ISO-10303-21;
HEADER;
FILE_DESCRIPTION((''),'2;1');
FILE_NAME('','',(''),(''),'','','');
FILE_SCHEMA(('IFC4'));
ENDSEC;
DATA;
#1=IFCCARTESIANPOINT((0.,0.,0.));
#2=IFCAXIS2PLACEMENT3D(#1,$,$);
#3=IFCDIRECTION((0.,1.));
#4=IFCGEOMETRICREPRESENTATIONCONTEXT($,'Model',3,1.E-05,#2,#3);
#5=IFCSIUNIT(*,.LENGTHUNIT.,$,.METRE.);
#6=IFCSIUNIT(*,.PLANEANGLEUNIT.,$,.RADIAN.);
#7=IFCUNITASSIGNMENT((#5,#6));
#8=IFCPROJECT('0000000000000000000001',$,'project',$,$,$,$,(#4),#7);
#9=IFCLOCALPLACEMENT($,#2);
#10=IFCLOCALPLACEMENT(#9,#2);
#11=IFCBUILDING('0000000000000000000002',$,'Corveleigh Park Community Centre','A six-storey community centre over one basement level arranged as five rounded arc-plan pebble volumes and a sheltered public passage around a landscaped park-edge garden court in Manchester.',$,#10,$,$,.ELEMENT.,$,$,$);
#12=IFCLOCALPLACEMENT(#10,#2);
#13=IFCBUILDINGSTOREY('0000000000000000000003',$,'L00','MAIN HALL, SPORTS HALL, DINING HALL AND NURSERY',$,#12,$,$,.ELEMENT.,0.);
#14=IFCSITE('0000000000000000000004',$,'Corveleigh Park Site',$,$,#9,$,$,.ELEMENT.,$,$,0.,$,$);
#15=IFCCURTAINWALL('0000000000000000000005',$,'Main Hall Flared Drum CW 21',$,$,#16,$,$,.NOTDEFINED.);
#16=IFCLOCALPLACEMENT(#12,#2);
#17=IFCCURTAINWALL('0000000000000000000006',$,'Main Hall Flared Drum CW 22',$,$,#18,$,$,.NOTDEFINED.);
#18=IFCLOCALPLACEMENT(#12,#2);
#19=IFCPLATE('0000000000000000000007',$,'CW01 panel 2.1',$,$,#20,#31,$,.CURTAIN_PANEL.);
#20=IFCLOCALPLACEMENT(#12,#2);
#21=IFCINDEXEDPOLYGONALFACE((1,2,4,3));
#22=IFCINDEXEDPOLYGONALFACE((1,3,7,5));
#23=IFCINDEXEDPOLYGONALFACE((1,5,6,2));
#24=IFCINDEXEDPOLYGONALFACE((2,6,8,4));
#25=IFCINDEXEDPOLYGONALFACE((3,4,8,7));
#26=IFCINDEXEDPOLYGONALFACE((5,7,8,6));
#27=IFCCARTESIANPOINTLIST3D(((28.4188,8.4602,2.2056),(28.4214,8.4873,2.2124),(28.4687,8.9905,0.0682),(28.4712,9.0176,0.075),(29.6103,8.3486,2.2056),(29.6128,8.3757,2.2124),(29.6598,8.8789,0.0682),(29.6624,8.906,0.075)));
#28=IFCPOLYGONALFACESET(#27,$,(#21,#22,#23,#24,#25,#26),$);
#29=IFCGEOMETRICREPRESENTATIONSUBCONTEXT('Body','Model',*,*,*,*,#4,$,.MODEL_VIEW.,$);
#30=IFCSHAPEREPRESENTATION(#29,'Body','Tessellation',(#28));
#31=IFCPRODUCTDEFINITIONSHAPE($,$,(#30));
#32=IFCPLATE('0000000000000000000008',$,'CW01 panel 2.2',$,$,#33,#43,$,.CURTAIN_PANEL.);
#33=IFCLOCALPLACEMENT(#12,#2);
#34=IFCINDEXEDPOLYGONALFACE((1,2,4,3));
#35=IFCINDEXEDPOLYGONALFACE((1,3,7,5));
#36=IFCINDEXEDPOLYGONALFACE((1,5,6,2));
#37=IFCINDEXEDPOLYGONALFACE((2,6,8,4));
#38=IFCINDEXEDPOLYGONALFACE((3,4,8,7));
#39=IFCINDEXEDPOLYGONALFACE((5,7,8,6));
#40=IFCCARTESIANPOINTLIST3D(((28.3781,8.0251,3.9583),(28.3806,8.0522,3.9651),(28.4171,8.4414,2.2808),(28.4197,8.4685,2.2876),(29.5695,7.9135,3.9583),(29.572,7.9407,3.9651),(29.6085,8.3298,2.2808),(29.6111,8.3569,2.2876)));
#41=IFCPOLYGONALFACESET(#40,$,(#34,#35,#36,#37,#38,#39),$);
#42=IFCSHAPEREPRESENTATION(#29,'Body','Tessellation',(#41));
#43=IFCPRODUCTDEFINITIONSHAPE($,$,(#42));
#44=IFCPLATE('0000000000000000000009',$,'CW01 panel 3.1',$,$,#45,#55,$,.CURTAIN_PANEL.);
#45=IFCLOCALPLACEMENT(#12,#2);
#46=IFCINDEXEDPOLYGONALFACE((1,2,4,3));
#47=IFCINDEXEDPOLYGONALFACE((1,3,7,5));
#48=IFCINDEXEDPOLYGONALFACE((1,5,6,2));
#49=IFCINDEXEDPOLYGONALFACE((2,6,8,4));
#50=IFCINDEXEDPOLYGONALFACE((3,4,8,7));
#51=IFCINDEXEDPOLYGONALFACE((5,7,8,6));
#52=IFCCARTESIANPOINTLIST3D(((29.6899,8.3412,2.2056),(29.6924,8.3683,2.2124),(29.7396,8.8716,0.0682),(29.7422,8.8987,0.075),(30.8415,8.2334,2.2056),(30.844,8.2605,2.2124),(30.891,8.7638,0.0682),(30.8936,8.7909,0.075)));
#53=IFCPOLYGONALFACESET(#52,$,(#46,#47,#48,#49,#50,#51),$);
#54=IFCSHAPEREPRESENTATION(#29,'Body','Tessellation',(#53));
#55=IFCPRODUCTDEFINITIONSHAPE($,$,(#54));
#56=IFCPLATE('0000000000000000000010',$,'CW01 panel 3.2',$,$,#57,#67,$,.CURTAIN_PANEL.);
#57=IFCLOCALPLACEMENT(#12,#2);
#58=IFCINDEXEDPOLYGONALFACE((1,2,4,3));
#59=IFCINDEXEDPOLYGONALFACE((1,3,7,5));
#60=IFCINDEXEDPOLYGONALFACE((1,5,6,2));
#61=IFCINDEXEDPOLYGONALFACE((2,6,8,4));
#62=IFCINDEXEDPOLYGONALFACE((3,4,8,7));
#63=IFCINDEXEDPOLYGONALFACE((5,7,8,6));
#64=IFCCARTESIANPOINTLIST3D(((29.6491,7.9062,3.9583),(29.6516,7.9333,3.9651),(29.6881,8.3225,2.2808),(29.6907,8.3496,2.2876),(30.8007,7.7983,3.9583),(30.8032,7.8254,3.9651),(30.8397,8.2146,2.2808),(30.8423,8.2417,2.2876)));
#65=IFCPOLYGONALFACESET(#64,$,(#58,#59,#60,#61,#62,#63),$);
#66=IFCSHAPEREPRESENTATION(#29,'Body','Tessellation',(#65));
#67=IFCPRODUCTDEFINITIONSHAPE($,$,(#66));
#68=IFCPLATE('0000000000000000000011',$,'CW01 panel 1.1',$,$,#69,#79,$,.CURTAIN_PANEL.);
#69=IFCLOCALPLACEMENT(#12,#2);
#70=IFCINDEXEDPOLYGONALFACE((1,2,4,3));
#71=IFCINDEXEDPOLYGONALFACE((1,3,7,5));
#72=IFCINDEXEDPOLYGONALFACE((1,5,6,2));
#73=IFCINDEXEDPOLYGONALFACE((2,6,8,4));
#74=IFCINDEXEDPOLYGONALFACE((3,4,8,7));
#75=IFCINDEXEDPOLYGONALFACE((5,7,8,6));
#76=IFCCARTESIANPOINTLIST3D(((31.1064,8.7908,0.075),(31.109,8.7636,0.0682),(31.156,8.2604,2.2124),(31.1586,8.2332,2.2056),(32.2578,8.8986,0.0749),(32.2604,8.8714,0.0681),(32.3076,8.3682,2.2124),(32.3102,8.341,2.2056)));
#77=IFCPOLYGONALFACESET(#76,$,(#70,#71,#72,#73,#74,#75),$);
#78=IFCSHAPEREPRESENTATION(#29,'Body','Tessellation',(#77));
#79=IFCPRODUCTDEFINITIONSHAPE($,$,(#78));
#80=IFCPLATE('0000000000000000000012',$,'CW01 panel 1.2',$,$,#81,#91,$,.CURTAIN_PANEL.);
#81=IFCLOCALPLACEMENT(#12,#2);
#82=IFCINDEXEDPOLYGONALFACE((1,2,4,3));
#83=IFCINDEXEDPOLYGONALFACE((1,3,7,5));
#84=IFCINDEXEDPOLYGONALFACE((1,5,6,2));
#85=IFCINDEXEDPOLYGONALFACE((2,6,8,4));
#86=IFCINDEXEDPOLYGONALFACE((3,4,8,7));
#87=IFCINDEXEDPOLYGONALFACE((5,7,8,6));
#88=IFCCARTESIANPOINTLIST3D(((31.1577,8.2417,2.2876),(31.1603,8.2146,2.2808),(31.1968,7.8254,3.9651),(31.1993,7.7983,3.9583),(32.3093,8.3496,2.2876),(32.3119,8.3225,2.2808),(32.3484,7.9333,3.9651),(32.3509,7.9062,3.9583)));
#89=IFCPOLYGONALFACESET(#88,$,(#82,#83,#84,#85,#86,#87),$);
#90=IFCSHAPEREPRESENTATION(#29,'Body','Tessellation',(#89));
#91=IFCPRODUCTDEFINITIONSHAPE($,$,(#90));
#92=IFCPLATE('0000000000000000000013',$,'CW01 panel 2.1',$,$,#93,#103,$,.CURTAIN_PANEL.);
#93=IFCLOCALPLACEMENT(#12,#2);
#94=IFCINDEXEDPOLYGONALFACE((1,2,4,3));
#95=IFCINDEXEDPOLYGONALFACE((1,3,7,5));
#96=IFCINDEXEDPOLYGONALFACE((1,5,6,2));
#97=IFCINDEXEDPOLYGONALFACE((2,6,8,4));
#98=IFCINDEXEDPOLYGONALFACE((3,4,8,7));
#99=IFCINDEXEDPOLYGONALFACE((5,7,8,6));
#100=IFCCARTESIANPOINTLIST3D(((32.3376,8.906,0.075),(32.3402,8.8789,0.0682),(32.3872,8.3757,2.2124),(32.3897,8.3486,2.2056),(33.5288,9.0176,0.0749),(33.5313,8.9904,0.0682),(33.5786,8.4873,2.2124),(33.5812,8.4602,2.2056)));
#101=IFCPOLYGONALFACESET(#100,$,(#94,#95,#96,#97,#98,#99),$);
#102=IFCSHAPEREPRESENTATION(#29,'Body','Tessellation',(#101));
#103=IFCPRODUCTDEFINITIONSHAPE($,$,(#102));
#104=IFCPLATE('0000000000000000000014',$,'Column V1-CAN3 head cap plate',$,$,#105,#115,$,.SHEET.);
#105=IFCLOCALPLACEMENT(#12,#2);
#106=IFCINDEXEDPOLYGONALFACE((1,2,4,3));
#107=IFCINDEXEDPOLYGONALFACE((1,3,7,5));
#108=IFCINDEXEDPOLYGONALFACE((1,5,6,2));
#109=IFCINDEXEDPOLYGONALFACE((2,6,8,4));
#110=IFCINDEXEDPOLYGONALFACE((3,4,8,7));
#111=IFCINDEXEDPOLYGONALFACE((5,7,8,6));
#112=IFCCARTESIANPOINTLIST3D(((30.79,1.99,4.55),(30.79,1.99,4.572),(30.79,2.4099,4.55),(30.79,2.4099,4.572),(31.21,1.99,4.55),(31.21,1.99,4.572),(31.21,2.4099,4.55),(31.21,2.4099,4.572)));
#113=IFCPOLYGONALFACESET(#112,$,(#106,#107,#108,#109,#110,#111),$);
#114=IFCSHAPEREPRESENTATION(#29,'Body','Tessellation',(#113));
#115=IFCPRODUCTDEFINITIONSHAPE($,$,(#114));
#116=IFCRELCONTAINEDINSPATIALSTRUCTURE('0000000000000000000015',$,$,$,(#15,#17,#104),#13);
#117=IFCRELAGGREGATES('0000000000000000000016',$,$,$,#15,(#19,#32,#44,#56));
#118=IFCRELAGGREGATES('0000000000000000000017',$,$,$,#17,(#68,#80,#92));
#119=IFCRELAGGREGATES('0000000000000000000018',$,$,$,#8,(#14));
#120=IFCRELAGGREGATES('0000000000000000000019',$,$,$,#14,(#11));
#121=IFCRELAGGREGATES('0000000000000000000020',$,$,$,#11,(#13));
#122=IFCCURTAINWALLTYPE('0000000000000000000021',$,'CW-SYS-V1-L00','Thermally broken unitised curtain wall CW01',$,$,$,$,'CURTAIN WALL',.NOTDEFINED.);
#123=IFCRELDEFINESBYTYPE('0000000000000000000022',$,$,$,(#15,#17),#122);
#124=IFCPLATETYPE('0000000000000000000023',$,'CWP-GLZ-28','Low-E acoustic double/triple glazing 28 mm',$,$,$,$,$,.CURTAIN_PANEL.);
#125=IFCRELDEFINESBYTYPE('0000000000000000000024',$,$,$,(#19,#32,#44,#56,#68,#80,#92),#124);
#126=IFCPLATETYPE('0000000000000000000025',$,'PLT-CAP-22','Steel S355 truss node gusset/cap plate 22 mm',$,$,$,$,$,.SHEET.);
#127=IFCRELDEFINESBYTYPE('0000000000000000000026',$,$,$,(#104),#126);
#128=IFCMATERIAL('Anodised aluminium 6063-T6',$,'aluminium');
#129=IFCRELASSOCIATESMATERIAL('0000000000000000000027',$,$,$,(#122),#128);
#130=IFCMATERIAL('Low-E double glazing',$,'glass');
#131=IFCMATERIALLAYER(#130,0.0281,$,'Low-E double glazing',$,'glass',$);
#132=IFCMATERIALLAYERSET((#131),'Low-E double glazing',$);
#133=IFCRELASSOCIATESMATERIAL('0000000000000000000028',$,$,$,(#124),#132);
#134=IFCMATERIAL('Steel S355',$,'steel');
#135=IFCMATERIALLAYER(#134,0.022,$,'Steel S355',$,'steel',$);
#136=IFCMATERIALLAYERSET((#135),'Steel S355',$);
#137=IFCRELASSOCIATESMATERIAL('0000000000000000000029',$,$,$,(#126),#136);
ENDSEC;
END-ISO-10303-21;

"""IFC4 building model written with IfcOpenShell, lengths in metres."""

from ifc_helpers import new_model, si_unit, direction, frame, origin, origin_2d, place, context, subcontext, project, spatial, polyline, rectangle, outline, extrude, material, layer, layer_set, type_object, element, aggregate, save


model = new_model("IFC4")

# Units and contexts
model_context = context("Model", 3, precision=1e-05, world=origin(), true_north=direction((0.0, 1.0)))
body_context = subcontext(model_context, "Body", "Model", "MODEL_VIEW")
ifc_project = project(units=[si_unit("LENGTHUNIT", "METRE"), si_unit("PLANEANGLEUNIT", "RADIAN")], contexts=[model_context])

# Site, building, storey
site_placement = place(None, origin())
site = spatial("IfcSite", under=ifc_project, at=site_placement, Name="Corveleigh Park Site", CompositionType="ELEMENT", RefElevation=0.0)
building_placement = place(site_placement, origin())
building = spatial("IfcBuilding", under=site, at=building_placement, Name="Corveleigh Park Community Centre", Description="A six-storey community centre over one basement level arranged as five rounded arc-plan pebble volumes and a sheltered public passage around a landscaped park-edge garden court in Manchester.", CompositionType="ELEMENT")
storey_placement = place(building_placement, origin())
storey = spatial("IfcBuildingStorey", under=building, at=storey_placement, Name="L00", Description="MAIN HALL, SPORTS HALL, DINING HALL AND NURSERY", CompositionType="ELEMENT", Elevation=0.0)

# Shared definitions
ifc_material_1 = material(Name="Steel S355", Category="steel")

# Curtain walls
ifc_material_2 = material(Name="Anodised aluminium 6063-T6", Category="aluminium")
curtain_wall_type = type_object("IfcCurtainWallType", Name="CW-SYS-V1-L00", Description="Thermally broken unitised curtain wall CW01", ElementType="CURTAIN WALL", PredefinedType="NOTDEFINED", material=ifc_material_2)
curtain_wall_1_placement = place(storey_placement, origin())
curtain_wall_1 = element("IfcCurtainWall", 1, at=curtain_wall_1_placement, inside=storey, type_object=curtain_wall_type, Name="Main Hall Flared Drum CW 21", PredefinedType="NOTDEFINED")
curtain_wall_2_placement = place(storey_placement, origin())
curtain_wall_2 = element("IfcCurtainWall", 2, at=curtain_wall_2_placement, inside=storey, type_object=curtain_wall_type, Name="Main Hall Flared Drum CW 22", PredefinedType="NOTDEFINED")

# Plates
ifc_material_3 = material(Name="Low-E double glazing", Category="glass")
ifc_layer_1 = layer(ifc_material_3, 0.0281, Name="Low-E double glazing", Category="glass")
ifc_layer_set_1 = layer_set([ifc_layer_1], Name="Low-E double glazing")
plate_type_1 = type_object("IfcPlateType", Name="CWP-GLZ-28", Description="Low-E acoustic double/triple glazing 28 mm", PredefinedType="CURTAIN_PANEL", material=ifc_layer_set_1)
plate_1_placement = place(storey_placement, frame((28.4712, 9.0176, 0.075), z_axis=(0.090482, 0.966103, 0.241781), x_axis=(0.995643, -0.09325, 0.000002)))
plate_1 = element("IfcPlate", 3, at=plate_1_placement, type_object=plate_type_1, Name="CW01 panel 2.1", PredefinedType="CURTAIN_PANEL", context=body_context, shape_type="SweptSolid", body=[
    extrude(outline(polyline([(0.0, 0.0), (1.1964, 0.0), (1.1965, -2.2028), (-0.0001, -2.2028), (0.0, 0.0)])), origin(), (0.0, 0.0, -1.0), 0.0281),
])
plate_2_placement = place(storey_placement, frame((28.4197, 8.4685, 2.2876), z_axis=(0.090472, 0.96609, 0.241837), x_axis=(0.995644, -0.09324, 0.0)))
plate_2 = element("IfcPlate", 4, at=plate_2_placement, type_object=plate_type_1, Name="CW01 panel 2.2", PredefinedType="CURTAIN_PANEL", context=body_context, shape_type="SweptSolid", body=[
    extrude(outline(polyline([(0.0, 0.0), (1.1966, 0.0), (1.1965, -1.7288), (-0.0001, -1.7288), (0.0, 0.0)])), origin(), (0.0, 0.0, -1.0), 0.0281),
])
plate_3_placement = place(storey_placement, frame((29.7422, 8.8987, 0.075), z_axis=(0.090434, 0.966095, 0.241833), x_axis=(0.995647, -0.093207, 0.000027)))
plate_3 = element("IfcPlate", 5, at=plate_3_placement, type_object=plate_type_1, Name="CW01 panel 3.1", PredefinedType="CURTAIN_PANEL", context=body_context, shape_type="SweptSolid", body=[
    extrude(outline(polyline([(0.0, 0.0), (1.1564, 0.0), (1.1566, -2.2028), (-0.0001, -2.2029), (0.0, 0.0)])), origin(), (0.0, 0.0, -1.0), 0.0281),
])
plate_4_placement = place(storey_placement, frame((29.6907, 8.3496, 2.2876), z_axis=(0.090526, 0.966085, 0.241837), x_axis=(0.995639, -0.093295, 0.0)))
plate_4 = element("IfcPlate", 6, at=plate_4_placement, type_object=plate_type_1, Name="CW01 panel 3.2", PredefinedType="CURTAIN_PANEL", context=body_context, shape_type="SweptSolid", body=[
    extrude(outline(polyline([(0.0, 0.0), (1.1567, 0.0), (1.1566, -1.7288), (-0.0001, -1.7288), (0.0, 0.0)])), origin(), (0.0, 0.0, -1.0), 0.0281),
])
aggregate(curtain_wall_1, [plate_1, plate_2, plate_3, plate_4])
plate_5_placement = place(storey_placement, frame((31.1064, 8.7908, 0.075), z_axis=(-0.090434, 0.966095, 0.241833), x_axis=(0.995647, 0.093207, -0.000027)))
plate_5 = element("IfcPlate", 7, at=plate_5_placement, type_object=plate_type_1, Name="CW01 panel 1.1", PredefinedType="CURTAIN_PANEL", context=body_context, shape_type="SweptSolid", body=[
    extrude(outline(polyline([(0.0, 0.0), (1.1564, 0.0), (1.1565, -2.2029), (-0.0001, -2.2028), (0.0, 0.0)])), origin(), (0.0, 0.0, -1.0), 0.0281),
])
plate_6_placement = place(storey_placement, frame((31.1577, 8.2417, 2.2876), z_axis=(-0.090526, 0.966085, 0.241837), x_axis=(0.995639, 0.093295, 0.0)))
plate_6 = element("IfcPlate", 8, at=plate_6_placement, type_object=plate_type_1, Name="CW01 panel 1.2", PredefinedType="CURTAIN_PANEL", context=body_context, shape_type="SweptSolid", body=[
    extrude(outline(polyline([(0.0, 0.0), (1.1567, 0.0), (1.1567, -1.7288), (0.0001, -1.7288), (0.0, 0.0)])), origin(), (0.0, 0.0, -1.0), 0.0281),
])
plate_7_placement = place(storey_placement, frame((32.3376, 8.906, 0.075), z_axis=(-0.090482, 0.966103, 0.241781), x_axis=(0.995643, 0.09325, -0.000002)))
plate_7 = element("IfcPlate", 9, at=plate_7_placement, type_object=plate_type_1, Name="CW01 panel 2.1", PredefinedType="CURTAIN_PANEL", context=body_context, shape_type="SweptSolid", body=[
    extrude(outline(polyline([(0.0, 0.0), (1.1964, 0.0), (1.1965, -2.2028), (-0.0001, -2.2028), (0.0, 0.0)])), origin(), (0.0, 0.0, -1.0), 0.0281),
])
aggregate(curtain_wall_2, [plate_5, plate_6, plate_7])
ifc_layer_2 = layer(ifc_material_1, 0.022, Name="Steel S355", Category="steel")
ifc_layer_set_2 = layer_set([ifc_layer_2], Name="Steel S355")
plate_type_2 = type_object("IfcPlateType", Name="PLT-CAP-22", Description="Steel S355 truss node gusset/cap plate 22 mm", PredefinedType="SHEET", material=ifc_layer_set_2)
plate_8_placement = place(storey_placement, frame((31.0, 2.2, 4.55), z_axis=(0.0, 0.0, 1.0), x_axis=(1.0, 0.0, 0.0)))
element("IfcPlate", 10, at=plate_8_placement, inside=storey, type_object=plate_type_2, Name="Column V1-CAN3 head cap plate", PredefinedType="SHEET", context=body_context, shape_type="SweptSolid", body=[
    extrude(rectangle(XDim=0.4199, YDim=0.4199, at=origin_2d()), origin(), (0.0, 0.0, 1.0), 0.022),
])

save(model, "model.ifc")
